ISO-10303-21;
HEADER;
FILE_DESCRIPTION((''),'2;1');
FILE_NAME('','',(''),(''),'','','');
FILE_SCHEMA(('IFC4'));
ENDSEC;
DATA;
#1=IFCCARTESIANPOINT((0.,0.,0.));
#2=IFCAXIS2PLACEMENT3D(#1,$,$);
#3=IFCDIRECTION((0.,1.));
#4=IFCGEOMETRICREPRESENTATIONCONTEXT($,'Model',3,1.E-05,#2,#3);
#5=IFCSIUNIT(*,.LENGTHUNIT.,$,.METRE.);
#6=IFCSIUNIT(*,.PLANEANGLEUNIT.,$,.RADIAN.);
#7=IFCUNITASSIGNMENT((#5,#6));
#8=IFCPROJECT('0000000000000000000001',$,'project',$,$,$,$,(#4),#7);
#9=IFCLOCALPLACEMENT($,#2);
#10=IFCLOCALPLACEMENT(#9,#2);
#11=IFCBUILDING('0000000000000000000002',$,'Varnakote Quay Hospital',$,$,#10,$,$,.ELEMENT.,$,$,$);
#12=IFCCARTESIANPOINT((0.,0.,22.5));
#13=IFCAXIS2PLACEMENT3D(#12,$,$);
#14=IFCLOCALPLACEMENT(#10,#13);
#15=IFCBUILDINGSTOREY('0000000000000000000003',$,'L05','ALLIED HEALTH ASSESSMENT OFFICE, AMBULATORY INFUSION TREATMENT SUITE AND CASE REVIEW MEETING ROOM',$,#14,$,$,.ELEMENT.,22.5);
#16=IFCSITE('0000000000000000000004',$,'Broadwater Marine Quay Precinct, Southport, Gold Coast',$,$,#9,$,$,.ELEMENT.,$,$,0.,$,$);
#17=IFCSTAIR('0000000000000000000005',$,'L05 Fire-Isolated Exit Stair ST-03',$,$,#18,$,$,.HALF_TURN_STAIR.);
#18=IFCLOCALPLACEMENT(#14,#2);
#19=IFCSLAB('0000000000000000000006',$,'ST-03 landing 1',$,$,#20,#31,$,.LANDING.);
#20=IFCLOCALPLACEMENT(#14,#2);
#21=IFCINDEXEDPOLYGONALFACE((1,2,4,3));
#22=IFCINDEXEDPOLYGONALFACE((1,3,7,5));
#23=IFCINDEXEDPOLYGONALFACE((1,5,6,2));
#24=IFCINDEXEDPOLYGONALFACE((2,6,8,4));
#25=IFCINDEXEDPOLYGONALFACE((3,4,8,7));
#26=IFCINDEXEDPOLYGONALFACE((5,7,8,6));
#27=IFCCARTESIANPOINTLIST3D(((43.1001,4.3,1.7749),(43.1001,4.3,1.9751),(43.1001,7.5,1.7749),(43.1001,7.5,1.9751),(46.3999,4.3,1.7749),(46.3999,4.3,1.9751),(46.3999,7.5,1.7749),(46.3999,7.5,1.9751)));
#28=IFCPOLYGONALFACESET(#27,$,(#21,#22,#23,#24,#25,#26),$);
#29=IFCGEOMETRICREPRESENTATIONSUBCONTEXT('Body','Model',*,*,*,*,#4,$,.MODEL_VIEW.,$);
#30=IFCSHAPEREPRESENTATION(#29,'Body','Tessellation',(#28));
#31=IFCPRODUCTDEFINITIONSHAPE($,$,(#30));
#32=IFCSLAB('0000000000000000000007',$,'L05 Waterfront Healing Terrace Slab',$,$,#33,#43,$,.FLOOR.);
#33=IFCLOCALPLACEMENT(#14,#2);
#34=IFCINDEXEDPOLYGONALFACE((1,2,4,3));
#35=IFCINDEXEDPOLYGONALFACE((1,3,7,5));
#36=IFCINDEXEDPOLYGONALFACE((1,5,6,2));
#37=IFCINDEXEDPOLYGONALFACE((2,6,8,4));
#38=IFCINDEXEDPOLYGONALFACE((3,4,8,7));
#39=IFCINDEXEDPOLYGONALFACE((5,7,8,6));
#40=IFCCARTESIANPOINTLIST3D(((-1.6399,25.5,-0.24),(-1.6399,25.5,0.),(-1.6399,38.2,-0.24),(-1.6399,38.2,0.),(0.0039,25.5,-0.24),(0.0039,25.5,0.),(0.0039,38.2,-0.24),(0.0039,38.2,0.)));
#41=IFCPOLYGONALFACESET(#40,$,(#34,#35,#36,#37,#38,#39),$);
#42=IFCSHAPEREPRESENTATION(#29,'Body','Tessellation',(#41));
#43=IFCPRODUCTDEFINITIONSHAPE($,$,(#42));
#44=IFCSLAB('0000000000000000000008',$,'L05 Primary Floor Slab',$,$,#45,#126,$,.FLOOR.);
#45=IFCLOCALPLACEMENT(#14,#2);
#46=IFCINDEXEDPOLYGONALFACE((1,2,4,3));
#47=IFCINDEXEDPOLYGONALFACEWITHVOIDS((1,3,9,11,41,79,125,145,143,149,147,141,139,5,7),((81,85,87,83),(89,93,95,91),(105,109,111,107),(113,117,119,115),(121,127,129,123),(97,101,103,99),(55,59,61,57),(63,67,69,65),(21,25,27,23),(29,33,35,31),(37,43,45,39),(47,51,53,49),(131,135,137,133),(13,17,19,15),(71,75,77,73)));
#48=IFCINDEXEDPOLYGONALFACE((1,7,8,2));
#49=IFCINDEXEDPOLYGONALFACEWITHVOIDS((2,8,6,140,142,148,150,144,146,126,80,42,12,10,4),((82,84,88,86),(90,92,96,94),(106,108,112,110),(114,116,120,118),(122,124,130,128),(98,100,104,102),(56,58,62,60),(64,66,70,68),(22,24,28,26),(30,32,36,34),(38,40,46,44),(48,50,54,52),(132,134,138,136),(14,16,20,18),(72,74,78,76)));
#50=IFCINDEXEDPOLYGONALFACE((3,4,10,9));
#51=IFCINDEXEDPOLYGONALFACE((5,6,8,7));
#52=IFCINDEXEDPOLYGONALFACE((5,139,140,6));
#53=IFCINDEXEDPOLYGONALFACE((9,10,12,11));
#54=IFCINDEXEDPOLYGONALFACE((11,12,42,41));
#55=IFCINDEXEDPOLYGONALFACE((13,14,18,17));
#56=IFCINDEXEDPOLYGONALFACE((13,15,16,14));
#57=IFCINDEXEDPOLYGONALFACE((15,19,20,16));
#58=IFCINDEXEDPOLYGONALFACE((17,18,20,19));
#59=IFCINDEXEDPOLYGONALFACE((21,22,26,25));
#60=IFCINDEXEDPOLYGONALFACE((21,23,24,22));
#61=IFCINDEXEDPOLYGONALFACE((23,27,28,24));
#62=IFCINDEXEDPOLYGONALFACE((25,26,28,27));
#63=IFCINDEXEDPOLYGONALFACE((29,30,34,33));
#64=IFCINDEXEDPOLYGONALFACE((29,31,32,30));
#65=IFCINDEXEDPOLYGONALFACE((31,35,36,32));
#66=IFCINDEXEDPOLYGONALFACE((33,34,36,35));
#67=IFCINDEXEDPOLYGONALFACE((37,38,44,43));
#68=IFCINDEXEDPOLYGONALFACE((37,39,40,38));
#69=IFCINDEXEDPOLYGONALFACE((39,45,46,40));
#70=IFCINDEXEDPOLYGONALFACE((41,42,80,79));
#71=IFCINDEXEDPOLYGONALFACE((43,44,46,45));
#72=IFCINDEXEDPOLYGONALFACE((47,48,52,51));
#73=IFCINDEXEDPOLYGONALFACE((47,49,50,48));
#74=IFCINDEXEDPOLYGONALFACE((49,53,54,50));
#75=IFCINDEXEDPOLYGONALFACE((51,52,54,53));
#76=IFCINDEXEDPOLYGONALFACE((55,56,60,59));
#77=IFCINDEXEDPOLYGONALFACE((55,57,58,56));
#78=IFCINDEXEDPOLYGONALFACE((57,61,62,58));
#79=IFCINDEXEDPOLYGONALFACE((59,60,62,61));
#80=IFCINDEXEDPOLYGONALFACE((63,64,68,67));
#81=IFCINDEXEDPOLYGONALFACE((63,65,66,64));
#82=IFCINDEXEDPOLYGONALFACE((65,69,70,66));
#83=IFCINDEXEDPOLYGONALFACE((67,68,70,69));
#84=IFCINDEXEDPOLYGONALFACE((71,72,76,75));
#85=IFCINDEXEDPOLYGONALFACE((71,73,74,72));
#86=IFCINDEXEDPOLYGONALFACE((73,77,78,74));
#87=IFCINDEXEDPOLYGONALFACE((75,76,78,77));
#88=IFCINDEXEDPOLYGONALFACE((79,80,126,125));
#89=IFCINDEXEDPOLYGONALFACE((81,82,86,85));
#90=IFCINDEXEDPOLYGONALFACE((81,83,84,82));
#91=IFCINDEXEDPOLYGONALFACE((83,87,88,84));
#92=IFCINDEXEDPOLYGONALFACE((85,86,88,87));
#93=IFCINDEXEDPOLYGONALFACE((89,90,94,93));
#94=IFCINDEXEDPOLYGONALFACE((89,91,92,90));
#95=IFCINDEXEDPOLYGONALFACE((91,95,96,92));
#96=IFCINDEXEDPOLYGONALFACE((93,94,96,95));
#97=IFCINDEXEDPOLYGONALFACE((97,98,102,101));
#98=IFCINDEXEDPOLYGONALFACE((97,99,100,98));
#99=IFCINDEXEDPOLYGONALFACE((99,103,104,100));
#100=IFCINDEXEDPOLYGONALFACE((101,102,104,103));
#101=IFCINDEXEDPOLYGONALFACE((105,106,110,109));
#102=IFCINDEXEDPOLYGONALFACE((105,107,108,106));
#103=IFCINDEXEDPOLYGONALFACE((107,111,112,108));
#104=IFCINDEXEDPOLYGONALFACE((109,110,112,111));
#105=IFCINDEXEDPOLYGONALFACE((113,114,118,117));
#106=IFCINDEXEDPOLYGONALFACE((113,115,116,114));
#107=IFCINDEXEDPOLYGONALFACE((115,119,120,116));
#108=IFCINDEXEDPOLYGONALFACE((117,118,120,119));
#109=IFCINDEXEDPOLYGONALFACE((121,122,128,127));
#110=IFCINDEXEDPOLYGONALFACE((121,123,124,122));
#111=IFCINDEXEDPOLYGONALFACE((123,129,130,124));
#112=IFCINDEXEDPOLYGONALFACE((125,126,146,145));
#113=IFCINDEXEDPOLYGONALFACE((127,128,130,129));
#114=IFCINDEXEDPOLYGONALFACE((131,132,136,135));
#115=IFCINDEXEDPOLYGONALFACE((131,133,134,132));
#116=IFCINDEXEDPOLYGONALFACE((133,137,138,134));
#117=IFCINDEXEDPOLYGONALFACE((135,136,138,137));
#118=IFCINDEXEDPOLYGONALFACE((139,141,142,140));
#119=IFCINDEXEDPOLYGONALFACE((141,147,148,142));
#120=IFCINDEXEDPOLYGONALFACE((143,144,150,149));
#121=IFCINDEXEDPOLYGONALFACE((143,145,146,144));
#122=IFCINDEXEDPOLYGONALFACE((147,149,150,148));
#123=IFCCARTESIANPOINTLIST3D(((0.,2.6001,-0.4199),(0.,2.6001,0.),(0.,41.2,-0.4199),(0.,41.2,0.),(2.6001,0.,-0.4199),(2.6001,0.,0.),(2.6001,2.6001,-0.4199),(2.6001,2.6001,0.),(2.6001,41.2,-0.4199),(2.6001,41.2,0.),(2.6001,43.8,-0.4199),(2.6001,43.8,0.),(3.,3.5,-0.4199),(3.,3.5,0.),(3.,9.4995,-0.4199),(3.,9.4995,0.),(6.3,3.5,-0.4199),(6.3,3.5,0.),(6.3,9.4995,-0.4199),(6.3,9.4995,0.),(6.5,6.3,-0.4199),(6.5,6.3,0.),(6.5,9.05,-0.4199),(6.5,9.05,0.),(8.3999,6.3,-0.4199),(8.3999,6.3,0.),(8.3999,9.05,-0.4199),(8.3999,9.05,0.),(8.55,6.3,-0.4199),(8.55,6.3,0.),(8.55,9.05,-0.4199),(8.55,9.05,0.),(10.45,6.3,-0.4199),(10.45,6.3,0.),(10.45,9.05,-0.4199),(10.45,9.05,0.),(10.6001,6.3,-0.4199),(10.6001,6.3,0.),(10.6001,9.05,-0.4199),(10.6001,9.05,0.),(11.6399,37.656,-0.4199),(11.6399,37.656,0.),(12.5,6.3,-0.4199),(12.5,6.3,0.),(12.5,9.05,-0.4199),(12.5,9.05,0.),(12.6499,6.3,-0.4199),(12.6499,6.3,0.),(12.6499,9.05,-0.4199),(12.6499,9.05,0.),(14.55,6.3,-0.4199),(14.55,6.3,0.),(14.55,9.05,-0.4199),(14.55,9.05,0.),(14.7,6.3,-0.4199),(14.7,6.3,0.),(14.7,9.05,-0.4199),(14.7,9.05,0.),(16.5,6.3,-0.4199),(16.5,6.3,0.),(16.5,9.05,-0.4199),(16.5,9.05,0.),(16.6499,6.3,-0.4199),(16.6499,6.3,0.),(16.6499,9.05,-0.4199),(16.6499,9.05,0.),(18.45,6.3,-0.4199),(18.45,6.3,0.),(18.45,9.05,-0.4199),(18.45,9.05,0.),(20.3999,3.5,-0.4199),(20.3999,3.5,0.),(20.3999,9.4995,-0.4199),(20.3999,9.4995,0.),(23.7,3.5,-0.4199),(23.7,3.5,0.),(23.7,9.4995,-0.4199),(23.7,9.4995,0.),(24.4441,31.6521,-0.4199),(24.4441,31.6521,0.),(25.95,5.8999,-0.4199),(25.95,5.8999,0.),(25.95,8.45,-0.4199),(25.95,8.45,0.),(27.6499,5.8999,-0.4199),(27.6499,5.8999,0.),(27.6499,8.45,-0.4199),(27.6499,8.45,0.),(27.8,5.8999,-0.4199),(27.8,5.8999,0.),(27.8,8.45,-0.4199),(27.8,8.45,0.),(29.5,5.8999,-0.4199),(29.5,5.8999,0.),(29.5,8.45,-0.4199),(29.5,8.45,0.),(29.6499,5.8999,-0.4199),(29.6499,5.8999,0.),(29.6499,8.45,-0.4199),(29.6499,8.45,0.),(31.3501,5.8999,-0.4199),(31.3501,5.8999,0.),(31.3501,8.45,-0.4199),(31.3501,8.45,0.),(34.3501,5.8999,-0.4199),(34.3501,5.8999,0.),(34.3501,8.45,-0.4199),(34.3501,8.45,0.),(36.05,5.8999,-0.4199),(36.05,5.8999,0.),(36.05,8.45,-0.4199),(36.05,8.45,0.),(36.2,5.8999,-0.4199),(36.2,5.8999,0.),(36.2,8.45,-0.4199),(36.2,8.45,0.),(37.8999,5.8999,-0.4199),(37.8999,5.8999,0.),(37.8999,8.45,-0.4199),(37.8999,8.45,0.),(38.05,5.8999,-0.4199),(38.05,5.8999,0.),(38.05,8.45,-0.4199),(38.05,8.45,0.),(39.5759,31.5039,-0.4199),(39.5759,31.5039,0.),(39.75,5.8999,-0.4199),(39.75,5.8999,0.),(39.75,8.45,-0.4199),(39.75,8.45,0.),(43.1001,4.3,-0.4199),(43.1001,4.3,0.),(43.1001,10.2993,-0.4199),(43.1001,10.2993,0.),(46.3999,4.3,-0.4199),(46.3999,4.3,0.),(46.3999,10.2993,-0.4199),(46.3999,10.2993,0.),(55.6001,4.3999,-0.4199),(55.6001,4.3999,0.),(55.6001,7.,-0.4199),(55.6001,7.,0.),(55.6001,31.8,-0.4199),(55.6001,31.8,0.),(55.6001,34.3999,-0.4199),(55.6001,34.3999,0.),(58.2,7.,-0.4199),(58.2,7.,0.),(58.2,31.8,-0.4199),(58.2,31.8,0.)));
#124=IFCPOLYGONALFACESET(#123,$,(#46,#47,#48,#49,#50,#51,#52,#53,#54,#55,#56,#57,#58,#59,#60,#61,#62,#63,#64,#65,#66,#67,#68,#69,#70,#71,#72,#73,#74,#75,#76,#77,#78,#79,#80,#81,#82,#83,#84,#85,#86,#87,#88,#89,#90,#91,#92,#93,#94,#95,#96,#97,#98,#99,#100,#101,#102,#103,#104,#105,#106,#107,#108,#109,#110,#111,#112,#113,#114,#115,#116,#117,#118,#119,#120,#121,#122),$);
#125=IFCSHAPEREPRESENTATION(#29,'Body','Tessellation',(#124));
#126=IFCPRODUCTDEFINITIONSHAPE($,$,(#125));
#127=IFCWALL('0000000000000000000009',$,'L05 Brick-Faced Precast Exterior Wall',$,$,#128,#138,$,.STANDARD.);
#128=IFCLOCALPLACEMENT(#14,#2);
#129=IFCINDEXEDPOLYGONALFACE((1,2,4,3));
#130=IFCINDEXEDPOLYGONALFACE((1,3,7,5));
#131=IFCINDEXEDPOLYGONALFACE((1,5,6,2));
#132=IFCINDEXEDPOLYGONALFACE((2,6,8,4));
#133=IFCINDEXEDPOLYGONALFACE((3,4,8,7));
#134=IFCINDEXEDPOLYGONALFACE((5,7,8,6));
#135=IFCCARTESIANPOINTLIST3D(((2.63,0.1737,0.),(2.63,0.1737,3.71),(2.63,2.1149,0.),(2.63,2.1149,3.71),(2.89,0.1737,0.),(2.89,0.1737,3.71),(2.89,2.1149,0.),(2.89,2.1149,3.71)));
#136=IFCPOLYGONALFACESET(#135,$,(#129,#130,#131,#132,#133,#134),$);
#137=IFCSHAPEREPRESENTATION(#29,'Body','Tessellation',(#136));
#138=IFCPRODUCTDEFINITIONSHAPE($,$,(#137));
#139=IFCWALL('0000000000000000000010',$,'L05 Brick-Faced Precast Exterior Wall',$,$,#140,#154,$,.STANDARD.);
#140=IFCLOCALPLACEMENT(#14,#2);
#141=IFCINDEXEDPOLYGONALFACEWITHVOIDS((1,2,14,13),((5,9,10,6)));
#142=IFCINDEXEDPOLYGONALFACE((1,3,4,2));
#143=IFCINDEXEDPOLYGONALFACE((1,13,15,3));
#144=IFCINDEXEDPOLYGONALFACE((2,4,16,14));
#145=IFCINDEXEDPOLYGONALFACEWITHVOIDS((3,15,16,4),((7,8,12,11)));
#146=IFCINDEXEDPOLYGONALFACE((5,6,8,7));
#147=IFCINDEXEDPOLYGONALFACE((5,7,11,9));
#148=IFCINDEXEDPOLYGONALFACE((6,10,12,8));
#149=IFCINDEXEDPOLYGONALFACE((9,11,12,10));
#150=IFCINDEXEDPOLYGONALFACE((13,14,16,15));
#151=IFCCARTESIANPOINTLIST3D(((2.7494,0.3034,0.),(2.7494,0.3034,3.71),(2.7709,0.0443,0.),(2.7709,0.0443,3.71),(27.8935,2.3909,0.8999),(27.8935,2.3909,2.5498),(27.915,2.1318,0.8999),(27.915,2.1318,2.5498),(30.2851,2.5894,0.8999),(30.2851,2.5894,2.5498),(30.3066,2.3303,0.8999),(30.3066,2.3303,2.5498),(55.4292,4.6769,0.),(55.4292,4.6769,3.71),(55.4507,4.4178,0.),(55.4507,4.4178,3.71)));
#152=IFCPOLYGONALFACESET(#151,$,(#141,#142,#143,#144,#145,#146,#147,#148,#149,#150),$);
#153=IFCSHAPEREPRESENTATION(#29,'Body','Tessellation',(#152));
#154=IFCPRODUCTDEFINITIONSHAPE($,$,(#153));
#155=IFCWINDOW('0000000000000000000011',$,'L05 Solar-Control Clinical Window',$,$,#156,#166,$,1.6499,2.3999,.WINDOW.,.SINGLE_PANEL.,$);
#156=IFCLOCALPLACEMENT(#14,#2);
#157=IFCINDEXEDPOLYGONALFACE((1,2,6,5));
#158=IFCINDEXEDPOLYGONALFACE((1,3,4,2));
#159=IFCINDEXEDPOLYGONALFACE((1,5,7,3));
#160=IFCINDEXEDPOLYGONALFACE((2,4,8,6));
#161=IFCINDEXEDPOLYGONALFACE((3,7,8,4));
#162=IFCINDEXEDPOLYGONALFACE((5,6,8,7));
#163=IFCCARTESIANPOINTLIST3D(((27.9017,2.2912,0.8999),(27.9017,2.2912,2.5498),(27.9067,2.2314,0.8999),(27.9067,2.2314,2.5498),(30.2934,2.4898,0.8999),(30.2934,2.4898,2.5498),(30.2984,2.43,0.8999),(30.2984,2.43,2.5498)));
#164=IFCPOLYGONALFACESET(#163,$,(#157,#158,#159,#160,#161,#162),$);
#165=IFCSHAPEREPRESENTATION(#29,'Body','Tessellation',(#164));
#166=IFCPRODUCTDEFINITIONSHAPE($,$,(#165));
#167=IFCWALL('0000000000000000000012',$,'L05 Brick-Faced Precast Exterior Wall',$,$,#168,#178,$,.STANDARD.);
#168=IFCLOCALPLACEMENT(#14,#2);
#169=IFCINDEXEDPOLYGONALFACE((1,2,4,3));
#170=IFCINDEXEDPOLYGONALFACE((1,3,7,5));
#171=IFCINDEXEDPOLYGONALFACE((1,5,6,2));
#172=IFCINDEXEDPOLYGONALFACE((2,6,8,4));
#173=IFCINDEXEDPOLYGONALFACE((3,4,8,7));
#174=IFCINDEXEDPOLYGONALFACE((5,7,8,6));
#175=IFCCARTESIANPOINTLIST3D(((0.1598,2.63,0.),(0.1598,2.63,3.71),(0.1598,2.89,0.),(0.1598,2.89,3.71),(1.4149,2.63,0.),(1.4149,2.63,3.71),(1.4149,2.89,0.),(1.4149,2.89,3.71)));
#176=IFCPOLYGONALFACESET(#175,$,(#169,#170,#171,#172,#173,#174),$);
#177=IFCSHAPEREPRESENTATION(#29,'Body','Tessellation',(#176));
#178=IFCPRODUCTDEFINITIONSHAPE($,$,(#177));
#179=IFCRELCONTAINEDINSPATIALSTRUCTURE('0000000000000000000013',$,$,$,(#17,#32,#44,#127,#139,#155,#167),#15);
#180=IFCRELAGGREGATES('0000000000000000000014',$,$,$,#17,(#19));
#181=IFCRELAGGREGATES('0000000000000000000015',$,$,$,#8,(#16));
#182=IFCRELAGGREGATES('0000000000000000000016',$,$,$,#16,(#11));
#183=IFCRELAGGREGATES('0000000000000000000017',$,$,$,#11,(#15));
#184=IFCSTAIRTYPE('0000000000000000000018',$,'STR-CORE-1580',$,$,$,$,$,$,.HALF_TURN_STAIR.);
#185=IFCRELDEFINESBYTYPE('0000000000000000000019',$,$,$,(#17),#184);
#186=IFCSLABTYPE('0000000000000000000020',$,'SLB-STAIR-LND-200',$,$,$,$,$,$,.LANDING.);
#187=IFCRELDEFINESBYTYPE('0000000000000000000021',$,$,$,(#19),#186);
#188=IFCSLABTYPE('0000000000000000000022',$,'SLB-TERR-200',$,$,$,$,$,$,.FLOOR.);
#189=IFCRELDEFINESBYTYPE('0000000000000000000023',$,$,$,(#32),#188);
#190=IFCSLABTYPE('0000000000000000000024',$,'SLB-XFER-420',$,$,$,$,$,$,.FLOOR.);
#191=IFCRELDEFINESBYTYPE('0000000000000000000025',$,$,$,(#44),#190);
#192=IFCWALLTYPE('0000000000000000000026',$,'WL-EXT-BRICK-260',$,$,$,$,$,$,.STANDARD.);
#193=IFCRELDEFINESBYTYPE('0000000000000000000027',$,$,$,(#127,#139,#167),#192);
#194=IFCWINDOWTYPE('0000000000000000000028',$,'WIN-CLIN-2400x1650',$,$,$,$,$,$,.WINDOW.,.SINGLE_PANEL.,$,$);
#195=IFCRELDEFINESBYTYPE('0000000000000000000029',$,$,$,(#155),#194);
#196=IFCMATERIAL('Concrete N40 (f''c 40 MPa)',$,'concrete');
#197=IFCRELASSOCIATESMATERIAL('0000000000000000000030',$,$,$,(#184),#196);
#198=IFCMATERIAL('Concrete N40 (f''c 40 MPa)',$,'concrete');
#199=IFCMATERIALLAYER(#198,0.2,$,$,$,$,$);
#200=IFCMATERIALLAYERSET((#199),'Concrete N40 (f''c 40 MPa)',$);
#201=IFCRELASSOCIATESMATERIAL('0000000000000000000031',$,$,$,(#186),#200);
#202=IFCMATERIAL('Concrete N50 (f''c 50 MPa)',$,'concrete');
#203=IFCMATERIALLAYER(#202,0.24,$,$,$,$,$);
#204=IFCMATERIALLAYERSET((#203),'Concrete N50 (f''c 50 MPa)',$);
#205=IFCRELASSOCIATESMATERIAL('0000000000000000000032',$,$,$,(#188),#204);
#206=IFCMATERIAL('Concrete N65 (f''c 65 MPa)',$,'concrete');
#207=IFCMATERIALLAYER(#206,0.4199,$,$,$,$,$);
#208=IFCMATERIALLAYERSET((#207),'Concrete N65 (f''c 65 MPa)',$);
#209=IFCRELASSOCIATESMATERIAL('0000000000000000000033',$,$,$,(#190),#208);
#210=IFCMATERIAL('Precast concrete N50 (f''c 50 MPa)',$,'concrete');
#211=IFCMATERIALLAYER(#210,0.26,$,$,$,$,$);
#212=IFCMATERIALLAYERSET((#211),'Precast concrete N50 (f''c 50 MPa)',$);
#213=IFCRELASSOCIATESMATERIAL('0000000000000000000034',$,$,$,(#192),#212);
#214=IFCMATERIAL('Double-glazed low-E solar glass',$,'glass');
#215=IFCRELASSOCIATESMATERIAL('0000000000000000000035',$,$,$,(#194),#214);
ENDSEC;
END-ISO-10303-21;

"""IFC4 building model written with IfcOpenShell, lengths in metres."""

from ifc_helpers import new_model, si_unit, direction, frame, frame_2d, origin, place, context, subcontext, project, spatial, polyline, rectangle, outline, extrude, material, layer, layer_set, type_object, element, fill, aggregate, save


model = new_model("IFC4")

# Units and contexts
model_context = context("Model", 3, precision=1e-05, world=origin(), true_north=direction((0.0, 1.0)))
body_context = subcontext(model_context, "Body", "Model", "MODEL_VIEW")
ifc_project = project(units=[si_unit("LENGTHUNIT", "METRE"), si_unit("PLANEANGLEUNIT", "RADIAN")], contexts=[model_context])

# Site, building, storey
site_placement = place(None, origin())
site = spatial("IfcSite", under=ifc_project, at=site_placement, Name="Broadwater Marine Quay Precinct, Southport, Gold Coast", CompositionType="ELEMENT", RefElevation=0.0)
building_placement = place(site_placement, origin())
building = spatial("IfcBuilding", under=site, at=building_placement, Name="Varnakote Quay Hospital", CompositionType="ELEMENT")
storey_placement = place(building_placement, frame((0.0, 0.0, 22.5)))
storey = spatial("IfcBuildingStorey", under=building, at=storey_placement, Name="L05", Description="ALLIED HEALTH ASSESSMENT OFFICE, AMBULATORY INFUSION TREATMENT SUITE AND CASE REVIEW MEETING ROOM", CompositionType="ELEMENT", Elevation=22.5)

# Stair, slab
ifc_material_1 = material(Name="Concrete N40 (f'c 40 MPa)", Category="concrete")
stair_type = type_object("IfcStairType", Name="STR-CORE-1580", PredefinedType="HALF_TURN_STAIR", material=ifc_material_1)
ifc_material_2 = material(Name="Concrete N40 (f'c 40 MPa)", Category="concrete")
ifc_layer_1 = layer(ifc_material_2, 0.2)
ifc_layer_set_1 = layer_set([ifc_layer_1], Name="Concrete N40 (f'c 40 MPa)")
slab_type_1 = type_object("IfcSlabType", Name="SLB-STAIR-LND-200", PredefinedType="LANDING", material=ifc_layer_set_1)
stair_1_placement = place(storey_placement, origin())
stair_1 = element("IfcStair", 1, at=stair_1_placement, inside=storey, type_object=stair_type, Name="L05 Fire-Isolated Exit Stair ST-03", PredefinedType="HALF_TURN_STAIR")
slab_1_placement = place(storey_placement, frame((0.0, 0.0, 1.7749)))
slab_1 = element("IfcSlab", 2, at=slab_1_placement, type_object=slab_type_1, Name="ST-03 landing 1", PredefinedType="LANDING", context=body_context, shape_type="SweptSolid", body=[
    extrude(outline(polyline([(43.1001, 7.5), (43.1001, 4.3), (46.3999, 4.3), (46.3999, 7.5), (43.1001, 7.5)])), origin(), (0.0, 0.0, 1.0), 0.2002),
])
aggregate(stair_1, [slab_1])

# Slabs
ifc_material_3 = material(Name="Concrete N50 (f'c 50 MPa)", Category="concrete")
ifc_layer_2 = layer(ifc_material_3, 0.24)
ifc_layer_set_2 = layer_set([ifc_layer_2], Name="Concrete N50 (f'c 50 MPa)")
slab_type_2 = type_object("IfcSlabType", Name="SLB-TERR-200", PredefinedType="FLOOR", material=ifc_layer_set_2)
slab_2_placement = place(storey_placement, frame((0.0, 0.0, -0.24)))
element("IfcSlab", 3, at=slab_2_placement, inside=storey, type_object=slab_type_2, Name="L05 Waterfront Healing Terrace Slab", PredefinedType="FLOOR", context=body_context, shape_type="SweptSolid", body=[
    extrude(outline(polyline([(0.0039, 25.5), (0.0039, 38.2), (-1.6399, 38.2), (-1.6399, 25.5), (0.0039, 25.5)])), origin(), (0.0, 0.0, 1.0), 0.24),
])
ifc_material_4 = material(Name="Concrete N65 (f'c 65 MPa)", Category="concrete")
ifc_layer_3 = layer(ifc_material_4, 0.4199)
ifc_layer_set_3 = layer_set([ifc_layer_3], Name="Concrete N65 (f'c 65 MPa)")
slab_type_3 = type_object("IfcSlabType", Name="SLB-XFER-420", PredefinedType="FLOOR", material=ifc_layer_set_3)
slab_3_placement = place(storey_placement, frame((0.0, 0.0, -0.4199)))
element("IfcSlab", 4, at=slab_3_placement, inside=storey, type_object=slab_type_3, Name="L05 Primary Floor Slab", PredefinedType="FLOOR", context=body_context, shape_type="SweptSolid", body=[
    extrude(outline(polyline([(0.0, 2.6001), (2.6001, 2.6001), (2.6001, 0.0), (55.6001, 4.3999), (55.6001, 7.0), (58.2, 7.0), (58.2, 31.8), (55.6001, 31.8), (55.6001, 34.3999), (39.5759, 31.5039), (24.4441, 31.6521), (11.6399, 37.656), (2.6001, 43.8), (2.6001, 41.2), (0.0, 41.2), (0.0, 2.6001)]), holes=[polyline([(3.0, 3.5), (6.3, 3.5), (6.3, 9.4995), (3.0, 9.4995), (3.0, 3.5)]), polyline([(20.3999, 3.5), (23.7, 3.5), (23.7, 9.4995), (20.3999, 9.4995), (20.3999, 3.5)]), polyline([(43.1001, 4.3), (46.3999, 4.3), (46.3999, 10.2993), (43.1001, 10.2993), (43.1001, 4.3)]), polyline([(6.5, 6.3), (8.3999, 6.3), (8.3999, 9.05), (6.5, 9.05), (6.5, 6.3)]), polyline([(8.55, 6.3), (10.45, 6.3), (10.45, 9.05), (8.55, 9.05), (8.55, 6.3)]), polyline([(10.6001, 6.3), (12.5, 6.3), (12.5, 9.05), (10.6001, 9.05), (10.6001, 6.3)]), polyline([(12.6499, 6.3), (14.55, 6.3), (14.55, 9.05), (12.6499, 9.05), (12.6499, 6.3)]), polyline([(14.7, 6.3), (16.5, 6.3), (16.5, 9.05), (14.7, 9.05), (14.7, 6.3)]), polyline([(16.6499, 6.3), (18.45, 6.3), (18.45, 9.05), (16.6499, 9.05), (16.6499, 6.3)]), polyline([(25.95, 5.8999), (27.6499, 5.8999), (27.6499, 8.45), (25.95, 8.45), (25.95, 5.8999)]), polyline([(27.8, 5.8999), (29.5, 5.8999), (29.5, 8.45), (27.8, 8.45), (27.8, 5.8999)]), polyline([(29.6499, 5.8999), (31.3501, 5.8999), (31.3501, 8.45), (29.6499, 8.45), (29.6499, 5.8999)]), polyline([(34.3501, 5.8999), (36.05, 5.8999), (36.05, 8.45), (34.3501, 8.45), (34.3501, 5.8999)]), polyline([(36.2, 5.8999), (37.8999, 5.8999), (37.8999, 8.45), (36.2, 8.45), (36.2, 5.8999)]), polyline([(38.05, 5.8999), (39.75, 5.8999), (39.75, 8.45), (38.05, 8.45), (38.05, 5.8999)])]), origin(), (0.0, 0.0, 1.0), 0.4199),
])

# Wall
ifc_material_5 = material(Name="Precast concrete N50 (f'c 50 MPa)", Category="concrete")
ifc_layer_4 = layer(ifc_material_5, 0.26)
ifc_layer_set_4 = layer_set([ifc_layer_4], Name="Precast concrete N50 (f'c 50 MPa)")
wall_type_1 = type_object("IfcWallType", Name="WL-EXT-BRICK-260", PredefinedType="STANDARD", material=ifc_layer_set_4)
wall_1_placement = place(storey_placement, frame((2.76, 2.115, 0.0), z_axis=(0.0, 0.0, 1.0), x_axis=(0.0, -1.0, 0.0)))
element("IfcWall", 5, at=wall_1_placement, inside=storey, type_object=wall_type_1, Name="L05 Brick-Faced Precast Exterior Wall", PredefinedType="STANDARD", context=body_context, shape_type="SweptSolid", body=[
    extrude(rectangle(XDim=1.9412, YDim=0.26, at=frame_2d((0.9707, 0.0))), origin(), (0.0, 0.0, 1.0), 3.71),
])

# Wall, opening, window
wall_2_placement = place(storey_placement, frame((2.76, 0.1738, 0.0), z_axis=(0.0, 0.0, 1.0), x_axis=(0.996571, 0.082736, 0.0)))
wall_2 = element("IfcWall", 6, at=wall_2_placement, inside=storey, type_object=wall_type_1, Name="L05 Brick-Faced Precast Exterior Wall", PredefinedType="STANDARD", context=body_context, shape_type="SweptSolid", body=[
    extrude(rectangle(XDim=52.8611, YDim=0.26, at=frame_2d((26.4307, 0.0))), origin(), (0.0, 0.0, 1.0), 3.71),
])
opening_1_placement = place(wall_2_placement, frame((25.2307, 0.0, 0.8999)))
opening_1 = element("IfcOpeningElement", 7, at=opening_1_placement, cuts=wall_2, PredefinedType="OPENING", context=body_context, shape_type="SweptSolid", body=[
    extrude(rectangle(XDim=2.3999, YDim=1.6499, at=frame_2d((1.2, 0.825))), frame((0.0, 0.1399, 0.0), z_axis=(0.0, -1.0, 0.0), x_axis=(1.0, 0.0, 0.0)), (0.0, 0.0, 1.0), 0.28),
])
ifc_material_6 = material(Name="Double-glazed low-E solar glass", Category="glass")
window_type_1 = type_object("IfcWindowType", Name="WIN-CLIN-2400x1650", PartitioningType="SINGLE_PANEL", PredefinedType="WINDOW", material=ifc_material_6)
window_1_placement = place(opening_1_placement, origin())
window_1 = element("IfcWindow", 8, at=window_1_placement, inside=storey, type_object=window_type_1, Name="L05 Solar-Control Clinical Window", OverallHeight=1.6499, OverallWidth=2.3999, PartitioningType="SINGLE_PANEL", PredefinedType="WINDOW", context=body_context, shape_type="SweptSolid", body=[
    extrude(rectangle(XDim=2.3999, YDim=1.6499, at=frame_2d((1.2, 0.825))), frame((0.0, 0.03, 0.0), z_axis=(0.0, -1.0, 0.0), x_axis=(1.0, 0.0, 0.0)), (0.0, 0.0, 1.0), 0.0601),
])
fill(opening_1, window_1)

# Wall
wall_3_placement = place(storey_placement, frame((0.1599, 2.76, 0.0), z_axis=(0.0, 0.0, 1.0), x_axis=(1.0, 0.0, 0.0)))
element("IfcWall", 9, at=wall_3_placement, inside=storey, type_object=wall_type_1, Name="L05 Brick-Faced Precast Exterior Wall", PredefinedType="STANDARD", context=body_context, shape_type="SweptSolid", body=[
    extrude(rectangle(XDim=1.2551, YDim=0.26, at=frame_2d((0.6274, 0.0))), origin(), (0.0, 0.0, 1.0), 3.71),
])

save(model, "model.ifc")
